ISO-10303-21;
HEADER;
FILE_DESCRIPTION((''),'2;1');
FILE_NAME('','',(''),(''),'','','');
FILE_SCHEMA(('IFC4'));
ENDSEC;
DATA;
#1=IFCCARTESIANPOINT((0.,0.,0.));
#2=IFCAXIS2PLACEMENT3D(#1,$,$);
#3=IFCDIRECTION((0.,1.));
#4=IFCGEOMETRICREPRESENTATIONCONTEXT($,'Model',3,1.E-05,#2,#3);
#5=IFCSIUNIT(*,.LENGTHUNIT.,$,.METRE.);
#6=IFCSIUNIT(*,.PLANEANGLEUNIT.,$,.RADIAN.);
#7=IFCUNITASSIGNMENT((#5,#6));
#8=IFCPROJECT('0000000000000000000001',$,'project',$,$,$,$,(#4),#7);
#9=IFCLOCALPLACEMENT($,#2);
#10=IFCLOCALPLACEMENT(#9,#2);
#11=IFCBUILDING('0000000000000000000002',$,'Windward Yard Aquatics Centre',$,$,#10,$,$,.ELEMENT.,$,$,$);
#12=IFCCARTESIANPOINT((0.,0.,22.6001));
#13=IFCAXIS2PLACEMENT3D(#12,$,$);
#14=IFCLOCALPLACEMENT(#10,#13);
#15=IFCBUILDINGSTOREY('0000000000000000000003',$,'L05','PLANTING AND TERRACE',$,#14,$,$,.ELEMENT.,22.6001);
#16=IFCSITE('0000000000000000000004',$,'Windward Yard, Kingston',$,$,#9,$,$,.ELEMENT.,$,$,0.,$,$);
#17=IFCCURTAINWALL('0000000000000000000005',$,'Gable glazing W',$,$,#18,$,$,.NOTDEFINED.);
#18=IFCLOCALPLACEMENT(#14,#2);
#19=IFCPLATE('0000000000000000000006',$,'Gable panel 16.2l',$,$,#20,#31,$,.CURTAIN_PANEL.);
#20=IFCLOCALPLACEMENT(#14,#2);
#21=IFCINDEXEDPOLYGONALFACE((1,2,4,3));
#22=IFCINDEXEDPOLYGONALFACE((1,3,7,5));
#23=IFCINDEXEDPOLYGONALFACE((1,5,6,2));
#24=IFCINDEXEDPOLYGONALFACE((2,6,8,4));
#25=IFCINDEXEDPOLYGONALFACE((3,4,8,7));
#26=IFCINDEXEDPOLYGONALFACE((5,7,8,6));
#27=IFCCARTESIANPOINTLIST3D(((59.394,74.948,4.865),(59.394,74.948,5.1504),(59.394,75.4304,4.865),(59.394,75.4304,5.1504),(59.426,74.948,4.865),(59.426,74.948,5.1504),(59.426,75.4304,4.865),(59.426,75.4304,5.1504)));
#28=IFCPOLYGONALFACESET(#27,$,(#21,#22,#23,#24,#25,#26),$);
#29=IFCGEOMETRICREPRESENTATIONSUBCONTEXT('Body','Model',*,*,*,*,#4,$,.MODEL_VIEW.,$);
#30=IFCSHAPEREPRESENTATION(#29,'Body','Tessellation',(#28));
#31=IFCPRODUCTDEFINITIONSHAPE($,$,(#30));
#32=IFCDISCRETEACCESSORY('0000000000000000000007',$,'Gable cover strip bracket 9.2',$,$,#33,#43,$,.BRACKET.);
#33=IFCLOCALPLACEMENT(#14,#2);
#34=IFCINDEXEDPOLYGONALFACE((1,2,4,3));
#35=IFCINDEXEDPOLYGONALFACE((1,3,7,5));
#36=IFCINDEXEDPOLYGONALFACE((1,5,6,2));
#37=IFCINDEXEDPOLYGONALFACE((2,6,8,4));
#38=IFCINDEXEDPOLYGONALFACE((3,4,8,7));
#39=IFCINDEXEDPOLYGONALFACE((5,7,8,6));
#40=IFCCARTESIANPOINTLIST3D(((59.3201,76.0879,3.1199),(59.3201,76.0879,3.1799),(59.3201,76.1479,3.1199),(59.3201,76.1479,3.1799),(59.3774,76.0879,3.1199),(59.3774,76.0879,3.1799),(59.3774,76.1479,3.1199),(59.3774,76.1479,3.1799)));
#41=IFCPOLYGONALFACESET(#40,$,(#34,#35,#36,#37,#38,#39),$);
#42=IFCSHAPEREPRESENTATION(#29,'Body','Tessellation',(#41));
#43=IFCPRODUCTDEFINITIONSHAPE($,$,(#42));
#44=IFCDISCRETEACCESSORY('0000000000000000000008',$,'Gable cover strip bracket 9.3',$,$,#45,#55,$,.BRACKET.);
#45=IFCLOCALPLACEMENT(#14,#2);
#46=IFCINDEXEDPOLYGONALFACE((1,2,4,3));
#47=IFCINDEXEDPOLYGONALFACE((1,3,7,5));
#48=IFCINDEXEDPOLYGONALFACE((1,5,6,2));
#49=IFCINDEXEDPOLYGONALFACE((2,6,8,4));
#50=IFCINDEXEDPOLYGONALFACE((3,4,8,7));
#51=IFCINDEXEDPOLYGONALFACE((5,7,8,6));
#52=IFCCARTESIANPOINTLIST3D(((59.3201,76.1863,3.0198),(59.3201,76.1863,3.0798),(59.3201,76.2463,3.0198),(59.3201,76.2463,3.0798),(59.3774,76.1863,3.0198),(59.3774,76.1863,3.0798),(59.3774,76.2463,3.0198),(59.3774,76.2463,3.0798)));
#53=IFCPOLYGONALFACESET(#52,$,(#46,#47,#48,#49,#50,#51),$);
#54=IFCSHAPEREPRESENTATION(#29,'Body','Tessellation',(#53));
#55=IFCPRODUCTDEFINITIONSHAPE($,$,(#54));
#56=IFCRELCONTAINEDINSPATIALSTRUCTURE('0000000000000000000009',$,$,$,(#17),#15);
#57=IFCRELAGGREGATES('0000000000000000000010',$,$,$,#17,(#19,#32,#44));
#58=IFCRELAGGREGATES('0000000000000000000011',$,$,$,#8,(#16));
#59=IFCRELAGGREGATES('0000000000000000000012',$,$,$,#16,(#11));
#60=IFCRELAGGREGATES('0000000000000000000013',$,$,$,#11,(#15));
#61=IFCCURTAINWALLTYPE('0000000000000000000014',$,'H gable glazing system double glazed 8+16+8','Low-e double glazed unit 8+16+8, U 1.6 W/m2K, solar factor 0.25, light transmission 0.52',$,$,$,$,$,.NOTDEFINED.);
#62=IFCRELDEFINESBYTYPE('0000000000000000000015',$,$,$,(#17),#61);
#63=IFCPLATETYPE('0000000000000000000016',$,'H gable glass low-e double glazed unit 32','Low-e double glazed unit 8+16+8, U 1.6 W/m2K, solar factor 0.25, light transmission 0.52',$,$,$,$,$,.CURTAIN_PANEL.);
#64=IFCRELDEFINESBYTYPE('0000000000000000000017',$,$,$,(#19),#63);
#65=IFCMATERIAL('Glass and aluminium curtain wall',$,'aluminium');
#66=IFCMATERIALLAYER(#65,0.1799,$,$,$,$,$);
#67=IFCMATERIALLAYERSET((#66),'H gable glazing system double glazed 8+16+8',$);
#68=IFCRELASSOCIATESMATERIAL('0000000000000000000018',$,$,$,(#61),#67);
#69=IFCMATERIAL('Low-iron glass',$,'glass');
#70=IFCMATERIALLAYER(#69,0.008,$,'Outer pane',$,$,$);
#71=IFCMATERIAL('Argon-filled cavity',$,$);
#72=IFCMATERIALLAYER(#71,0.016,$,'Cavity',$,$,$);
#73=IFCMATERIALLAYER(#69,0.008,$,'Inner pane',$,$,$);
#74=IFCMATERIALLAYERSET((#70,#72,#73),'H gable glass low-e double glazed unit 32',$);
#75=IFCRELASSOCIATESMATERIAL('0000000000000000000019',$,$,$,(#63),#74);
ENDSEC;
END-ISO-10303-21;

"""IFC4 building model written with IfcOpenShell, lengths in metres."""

from ifc_helpers import new_model, si_unit, direction, frame, origin, origin_2d, place, context, subcontext, project, spatial, polyline, rectangle, outline, extrude, material, layer, layer_set, type_object, element, aggregate, save


model = new_model("IFC4")

# Units and contexts
model_context = context("Model", 3, precision=1e-05, world=origin(), true_north=direction((0.0, 1.0)))
body_context = subcontext(model_context, "Body", "Model", "MODEL_VIEW")
ifc_project = project(units=[si_unit("LENGTHUNIT", "METRE"), si_unit("PLANEANGLEUNIT", "RADIAN")], contexts=[model_context])

# Site, building, storey
site_placement = place(None, origin())
site = spatial("IfcSite", under=ifc_project, at=site_placement, Name="Windward Yard, Kingston", CompositionType="ELEMENT", RefElevation=0.0)
building_placement = place(site_placement, origin())
building = spatial("IfcBuilding", under=site, at=building_placement, Name="Windward Yard Aquatics Centre", CompositionType="ELEMENT")
storey_placement = place(building_placement, frame((0.0, 0.0, 22.6001)))
storey = spatial("IfcBuildingStorey", under=building, at=storey_placement, Name="L05", Description="PLANTING AND TERRACE", CompositionType="ELEMENT", Elevation=22.6001)

# Curtain wall, plate, discrete accessories
ifc_material_1 = material(Name="Glass and aluminium curtain wall", Category="aluminium")
ifc_layer_1 = layer(ifc_material_1, 0.1799)
ifc_layer_set_1 = layer_set([ifc_layer_1], Name="H gable glazing system double glazed 8+16+8")
curtain_wall_type = type_object("IfcCurtainWallType", Name="H gable glazing system double glazed 8+16+8", Description="Low-e double glazed unit 8+16+8, U 1.6 W/m2K, solar factor 0.25, light transmission 0.52", PredefinedType="NOTDEFINED", material=ifc_layer_set_1)
curtain_wall_placement = place(storey_placement, origin())
curtain_wall = element("IfcCurtainWall", 1, at=curtain_wall_placement, inside=storey, type_object=curtain_wall_type, Name="Gable glazing W", PredefinedType="NOTDEFINED")
ifc_material_2 = material(Name="Low-iron glass", Category="glass")
ifc_layer_2 = layer(ifc_material_2, 0.008, Name="Outer pane")
ifc_material_3 = material(Name="Argon-filled cavity")
ifc_layer_3 = layer(ifc_material_3, 0.016, Name="Cavity")
ifc_layer_4 = layer(ifc_material_2, 0.008, Name="Inner pane")
ifc_layer_set_2 = layer_set([ifc_layer_2, ifc_layer_3, ifc_layer_4], Name="H gable glass low-e double glazed unit 32")
plate_type = type_object("IfcPlateType", Name="H gable glass low-e double glazed unit 32", Description="Low-e double glazed unit 8+16+8, U 1.6 W/m2K, solar factor 0.25, light transmission 0.52", PredefinedType="CURTAIN_PANEL", material=ifc_layer_set_2)
plate_1_placement = place(storey_placement, frame((59.426, 74.948, 4.865), z_axis=(1.0, 0.0, 0.0), x_axis=(0.0, 1.0, 0.0)))
plate_1 = element("IfcPlate", 2, at=plate_1_placement, type_object=plate_type, Name="Gable panel 16.2l", PredefinedType="CURTAIN_PANEL", context=body_context, shape_type="SweptSolid", body=[
    extrude(outline(polyline([(0.0, 0.0), (0.4824, 0.0), (0.4824, 0.2854), (0.0, 0.2854), (0.0, 0.0)])), origin(), (0.0, 0.0, -1.0), 0.032),
])
discrete_accessory_1_placement = place(storey_placement, frame((59.3774, 76.1179, 3.1499), z_axis=(-1.0, 0.0, 0.0), x_axis=(0.0, -1.0, 0.0)))
discrete_accessory_1 = element("IfcDiscreteAccessory", 3, at=discrete_accessory_1_placement, Name="Gable cover strip bracket 9.2", PredefinedType="BRACKET", context=body_context, shape_type="SweptSolid", body=[
    extrude(rectangle(XDim=0.0601, YDim=0.0601, at=origin_2d()), origin(), (0.0, 0.0, 1.0), 0.0574),
])
discrete_accessory_2_placement = place(storey_placement, frame((59.3774, 76.2163, 3.0498), z_axis=(-1.0, 0.0, 0.0), x_axis=(0.0, -1.0, 0.0)))
discrete_accessory_2 = element("IfcDiscreteAccessory", 4, at=discrete_accessory_2_placement, Name="Gable cover strip bracket 9.3", PredefinedType="BRACKET", context=body_context, shape_type="SweptSolid", body=[
    extrude(rectangle(XDim=0.0601, YDim=0.0601, at=origin_2d()), origin(), (0.0, 0.0, 1.0), 0.0574),
])
aggregate(curtain_wall, [plate_1, discrete_accessory_1, discrete_accessory_2])

save(model, "model.ifc")
